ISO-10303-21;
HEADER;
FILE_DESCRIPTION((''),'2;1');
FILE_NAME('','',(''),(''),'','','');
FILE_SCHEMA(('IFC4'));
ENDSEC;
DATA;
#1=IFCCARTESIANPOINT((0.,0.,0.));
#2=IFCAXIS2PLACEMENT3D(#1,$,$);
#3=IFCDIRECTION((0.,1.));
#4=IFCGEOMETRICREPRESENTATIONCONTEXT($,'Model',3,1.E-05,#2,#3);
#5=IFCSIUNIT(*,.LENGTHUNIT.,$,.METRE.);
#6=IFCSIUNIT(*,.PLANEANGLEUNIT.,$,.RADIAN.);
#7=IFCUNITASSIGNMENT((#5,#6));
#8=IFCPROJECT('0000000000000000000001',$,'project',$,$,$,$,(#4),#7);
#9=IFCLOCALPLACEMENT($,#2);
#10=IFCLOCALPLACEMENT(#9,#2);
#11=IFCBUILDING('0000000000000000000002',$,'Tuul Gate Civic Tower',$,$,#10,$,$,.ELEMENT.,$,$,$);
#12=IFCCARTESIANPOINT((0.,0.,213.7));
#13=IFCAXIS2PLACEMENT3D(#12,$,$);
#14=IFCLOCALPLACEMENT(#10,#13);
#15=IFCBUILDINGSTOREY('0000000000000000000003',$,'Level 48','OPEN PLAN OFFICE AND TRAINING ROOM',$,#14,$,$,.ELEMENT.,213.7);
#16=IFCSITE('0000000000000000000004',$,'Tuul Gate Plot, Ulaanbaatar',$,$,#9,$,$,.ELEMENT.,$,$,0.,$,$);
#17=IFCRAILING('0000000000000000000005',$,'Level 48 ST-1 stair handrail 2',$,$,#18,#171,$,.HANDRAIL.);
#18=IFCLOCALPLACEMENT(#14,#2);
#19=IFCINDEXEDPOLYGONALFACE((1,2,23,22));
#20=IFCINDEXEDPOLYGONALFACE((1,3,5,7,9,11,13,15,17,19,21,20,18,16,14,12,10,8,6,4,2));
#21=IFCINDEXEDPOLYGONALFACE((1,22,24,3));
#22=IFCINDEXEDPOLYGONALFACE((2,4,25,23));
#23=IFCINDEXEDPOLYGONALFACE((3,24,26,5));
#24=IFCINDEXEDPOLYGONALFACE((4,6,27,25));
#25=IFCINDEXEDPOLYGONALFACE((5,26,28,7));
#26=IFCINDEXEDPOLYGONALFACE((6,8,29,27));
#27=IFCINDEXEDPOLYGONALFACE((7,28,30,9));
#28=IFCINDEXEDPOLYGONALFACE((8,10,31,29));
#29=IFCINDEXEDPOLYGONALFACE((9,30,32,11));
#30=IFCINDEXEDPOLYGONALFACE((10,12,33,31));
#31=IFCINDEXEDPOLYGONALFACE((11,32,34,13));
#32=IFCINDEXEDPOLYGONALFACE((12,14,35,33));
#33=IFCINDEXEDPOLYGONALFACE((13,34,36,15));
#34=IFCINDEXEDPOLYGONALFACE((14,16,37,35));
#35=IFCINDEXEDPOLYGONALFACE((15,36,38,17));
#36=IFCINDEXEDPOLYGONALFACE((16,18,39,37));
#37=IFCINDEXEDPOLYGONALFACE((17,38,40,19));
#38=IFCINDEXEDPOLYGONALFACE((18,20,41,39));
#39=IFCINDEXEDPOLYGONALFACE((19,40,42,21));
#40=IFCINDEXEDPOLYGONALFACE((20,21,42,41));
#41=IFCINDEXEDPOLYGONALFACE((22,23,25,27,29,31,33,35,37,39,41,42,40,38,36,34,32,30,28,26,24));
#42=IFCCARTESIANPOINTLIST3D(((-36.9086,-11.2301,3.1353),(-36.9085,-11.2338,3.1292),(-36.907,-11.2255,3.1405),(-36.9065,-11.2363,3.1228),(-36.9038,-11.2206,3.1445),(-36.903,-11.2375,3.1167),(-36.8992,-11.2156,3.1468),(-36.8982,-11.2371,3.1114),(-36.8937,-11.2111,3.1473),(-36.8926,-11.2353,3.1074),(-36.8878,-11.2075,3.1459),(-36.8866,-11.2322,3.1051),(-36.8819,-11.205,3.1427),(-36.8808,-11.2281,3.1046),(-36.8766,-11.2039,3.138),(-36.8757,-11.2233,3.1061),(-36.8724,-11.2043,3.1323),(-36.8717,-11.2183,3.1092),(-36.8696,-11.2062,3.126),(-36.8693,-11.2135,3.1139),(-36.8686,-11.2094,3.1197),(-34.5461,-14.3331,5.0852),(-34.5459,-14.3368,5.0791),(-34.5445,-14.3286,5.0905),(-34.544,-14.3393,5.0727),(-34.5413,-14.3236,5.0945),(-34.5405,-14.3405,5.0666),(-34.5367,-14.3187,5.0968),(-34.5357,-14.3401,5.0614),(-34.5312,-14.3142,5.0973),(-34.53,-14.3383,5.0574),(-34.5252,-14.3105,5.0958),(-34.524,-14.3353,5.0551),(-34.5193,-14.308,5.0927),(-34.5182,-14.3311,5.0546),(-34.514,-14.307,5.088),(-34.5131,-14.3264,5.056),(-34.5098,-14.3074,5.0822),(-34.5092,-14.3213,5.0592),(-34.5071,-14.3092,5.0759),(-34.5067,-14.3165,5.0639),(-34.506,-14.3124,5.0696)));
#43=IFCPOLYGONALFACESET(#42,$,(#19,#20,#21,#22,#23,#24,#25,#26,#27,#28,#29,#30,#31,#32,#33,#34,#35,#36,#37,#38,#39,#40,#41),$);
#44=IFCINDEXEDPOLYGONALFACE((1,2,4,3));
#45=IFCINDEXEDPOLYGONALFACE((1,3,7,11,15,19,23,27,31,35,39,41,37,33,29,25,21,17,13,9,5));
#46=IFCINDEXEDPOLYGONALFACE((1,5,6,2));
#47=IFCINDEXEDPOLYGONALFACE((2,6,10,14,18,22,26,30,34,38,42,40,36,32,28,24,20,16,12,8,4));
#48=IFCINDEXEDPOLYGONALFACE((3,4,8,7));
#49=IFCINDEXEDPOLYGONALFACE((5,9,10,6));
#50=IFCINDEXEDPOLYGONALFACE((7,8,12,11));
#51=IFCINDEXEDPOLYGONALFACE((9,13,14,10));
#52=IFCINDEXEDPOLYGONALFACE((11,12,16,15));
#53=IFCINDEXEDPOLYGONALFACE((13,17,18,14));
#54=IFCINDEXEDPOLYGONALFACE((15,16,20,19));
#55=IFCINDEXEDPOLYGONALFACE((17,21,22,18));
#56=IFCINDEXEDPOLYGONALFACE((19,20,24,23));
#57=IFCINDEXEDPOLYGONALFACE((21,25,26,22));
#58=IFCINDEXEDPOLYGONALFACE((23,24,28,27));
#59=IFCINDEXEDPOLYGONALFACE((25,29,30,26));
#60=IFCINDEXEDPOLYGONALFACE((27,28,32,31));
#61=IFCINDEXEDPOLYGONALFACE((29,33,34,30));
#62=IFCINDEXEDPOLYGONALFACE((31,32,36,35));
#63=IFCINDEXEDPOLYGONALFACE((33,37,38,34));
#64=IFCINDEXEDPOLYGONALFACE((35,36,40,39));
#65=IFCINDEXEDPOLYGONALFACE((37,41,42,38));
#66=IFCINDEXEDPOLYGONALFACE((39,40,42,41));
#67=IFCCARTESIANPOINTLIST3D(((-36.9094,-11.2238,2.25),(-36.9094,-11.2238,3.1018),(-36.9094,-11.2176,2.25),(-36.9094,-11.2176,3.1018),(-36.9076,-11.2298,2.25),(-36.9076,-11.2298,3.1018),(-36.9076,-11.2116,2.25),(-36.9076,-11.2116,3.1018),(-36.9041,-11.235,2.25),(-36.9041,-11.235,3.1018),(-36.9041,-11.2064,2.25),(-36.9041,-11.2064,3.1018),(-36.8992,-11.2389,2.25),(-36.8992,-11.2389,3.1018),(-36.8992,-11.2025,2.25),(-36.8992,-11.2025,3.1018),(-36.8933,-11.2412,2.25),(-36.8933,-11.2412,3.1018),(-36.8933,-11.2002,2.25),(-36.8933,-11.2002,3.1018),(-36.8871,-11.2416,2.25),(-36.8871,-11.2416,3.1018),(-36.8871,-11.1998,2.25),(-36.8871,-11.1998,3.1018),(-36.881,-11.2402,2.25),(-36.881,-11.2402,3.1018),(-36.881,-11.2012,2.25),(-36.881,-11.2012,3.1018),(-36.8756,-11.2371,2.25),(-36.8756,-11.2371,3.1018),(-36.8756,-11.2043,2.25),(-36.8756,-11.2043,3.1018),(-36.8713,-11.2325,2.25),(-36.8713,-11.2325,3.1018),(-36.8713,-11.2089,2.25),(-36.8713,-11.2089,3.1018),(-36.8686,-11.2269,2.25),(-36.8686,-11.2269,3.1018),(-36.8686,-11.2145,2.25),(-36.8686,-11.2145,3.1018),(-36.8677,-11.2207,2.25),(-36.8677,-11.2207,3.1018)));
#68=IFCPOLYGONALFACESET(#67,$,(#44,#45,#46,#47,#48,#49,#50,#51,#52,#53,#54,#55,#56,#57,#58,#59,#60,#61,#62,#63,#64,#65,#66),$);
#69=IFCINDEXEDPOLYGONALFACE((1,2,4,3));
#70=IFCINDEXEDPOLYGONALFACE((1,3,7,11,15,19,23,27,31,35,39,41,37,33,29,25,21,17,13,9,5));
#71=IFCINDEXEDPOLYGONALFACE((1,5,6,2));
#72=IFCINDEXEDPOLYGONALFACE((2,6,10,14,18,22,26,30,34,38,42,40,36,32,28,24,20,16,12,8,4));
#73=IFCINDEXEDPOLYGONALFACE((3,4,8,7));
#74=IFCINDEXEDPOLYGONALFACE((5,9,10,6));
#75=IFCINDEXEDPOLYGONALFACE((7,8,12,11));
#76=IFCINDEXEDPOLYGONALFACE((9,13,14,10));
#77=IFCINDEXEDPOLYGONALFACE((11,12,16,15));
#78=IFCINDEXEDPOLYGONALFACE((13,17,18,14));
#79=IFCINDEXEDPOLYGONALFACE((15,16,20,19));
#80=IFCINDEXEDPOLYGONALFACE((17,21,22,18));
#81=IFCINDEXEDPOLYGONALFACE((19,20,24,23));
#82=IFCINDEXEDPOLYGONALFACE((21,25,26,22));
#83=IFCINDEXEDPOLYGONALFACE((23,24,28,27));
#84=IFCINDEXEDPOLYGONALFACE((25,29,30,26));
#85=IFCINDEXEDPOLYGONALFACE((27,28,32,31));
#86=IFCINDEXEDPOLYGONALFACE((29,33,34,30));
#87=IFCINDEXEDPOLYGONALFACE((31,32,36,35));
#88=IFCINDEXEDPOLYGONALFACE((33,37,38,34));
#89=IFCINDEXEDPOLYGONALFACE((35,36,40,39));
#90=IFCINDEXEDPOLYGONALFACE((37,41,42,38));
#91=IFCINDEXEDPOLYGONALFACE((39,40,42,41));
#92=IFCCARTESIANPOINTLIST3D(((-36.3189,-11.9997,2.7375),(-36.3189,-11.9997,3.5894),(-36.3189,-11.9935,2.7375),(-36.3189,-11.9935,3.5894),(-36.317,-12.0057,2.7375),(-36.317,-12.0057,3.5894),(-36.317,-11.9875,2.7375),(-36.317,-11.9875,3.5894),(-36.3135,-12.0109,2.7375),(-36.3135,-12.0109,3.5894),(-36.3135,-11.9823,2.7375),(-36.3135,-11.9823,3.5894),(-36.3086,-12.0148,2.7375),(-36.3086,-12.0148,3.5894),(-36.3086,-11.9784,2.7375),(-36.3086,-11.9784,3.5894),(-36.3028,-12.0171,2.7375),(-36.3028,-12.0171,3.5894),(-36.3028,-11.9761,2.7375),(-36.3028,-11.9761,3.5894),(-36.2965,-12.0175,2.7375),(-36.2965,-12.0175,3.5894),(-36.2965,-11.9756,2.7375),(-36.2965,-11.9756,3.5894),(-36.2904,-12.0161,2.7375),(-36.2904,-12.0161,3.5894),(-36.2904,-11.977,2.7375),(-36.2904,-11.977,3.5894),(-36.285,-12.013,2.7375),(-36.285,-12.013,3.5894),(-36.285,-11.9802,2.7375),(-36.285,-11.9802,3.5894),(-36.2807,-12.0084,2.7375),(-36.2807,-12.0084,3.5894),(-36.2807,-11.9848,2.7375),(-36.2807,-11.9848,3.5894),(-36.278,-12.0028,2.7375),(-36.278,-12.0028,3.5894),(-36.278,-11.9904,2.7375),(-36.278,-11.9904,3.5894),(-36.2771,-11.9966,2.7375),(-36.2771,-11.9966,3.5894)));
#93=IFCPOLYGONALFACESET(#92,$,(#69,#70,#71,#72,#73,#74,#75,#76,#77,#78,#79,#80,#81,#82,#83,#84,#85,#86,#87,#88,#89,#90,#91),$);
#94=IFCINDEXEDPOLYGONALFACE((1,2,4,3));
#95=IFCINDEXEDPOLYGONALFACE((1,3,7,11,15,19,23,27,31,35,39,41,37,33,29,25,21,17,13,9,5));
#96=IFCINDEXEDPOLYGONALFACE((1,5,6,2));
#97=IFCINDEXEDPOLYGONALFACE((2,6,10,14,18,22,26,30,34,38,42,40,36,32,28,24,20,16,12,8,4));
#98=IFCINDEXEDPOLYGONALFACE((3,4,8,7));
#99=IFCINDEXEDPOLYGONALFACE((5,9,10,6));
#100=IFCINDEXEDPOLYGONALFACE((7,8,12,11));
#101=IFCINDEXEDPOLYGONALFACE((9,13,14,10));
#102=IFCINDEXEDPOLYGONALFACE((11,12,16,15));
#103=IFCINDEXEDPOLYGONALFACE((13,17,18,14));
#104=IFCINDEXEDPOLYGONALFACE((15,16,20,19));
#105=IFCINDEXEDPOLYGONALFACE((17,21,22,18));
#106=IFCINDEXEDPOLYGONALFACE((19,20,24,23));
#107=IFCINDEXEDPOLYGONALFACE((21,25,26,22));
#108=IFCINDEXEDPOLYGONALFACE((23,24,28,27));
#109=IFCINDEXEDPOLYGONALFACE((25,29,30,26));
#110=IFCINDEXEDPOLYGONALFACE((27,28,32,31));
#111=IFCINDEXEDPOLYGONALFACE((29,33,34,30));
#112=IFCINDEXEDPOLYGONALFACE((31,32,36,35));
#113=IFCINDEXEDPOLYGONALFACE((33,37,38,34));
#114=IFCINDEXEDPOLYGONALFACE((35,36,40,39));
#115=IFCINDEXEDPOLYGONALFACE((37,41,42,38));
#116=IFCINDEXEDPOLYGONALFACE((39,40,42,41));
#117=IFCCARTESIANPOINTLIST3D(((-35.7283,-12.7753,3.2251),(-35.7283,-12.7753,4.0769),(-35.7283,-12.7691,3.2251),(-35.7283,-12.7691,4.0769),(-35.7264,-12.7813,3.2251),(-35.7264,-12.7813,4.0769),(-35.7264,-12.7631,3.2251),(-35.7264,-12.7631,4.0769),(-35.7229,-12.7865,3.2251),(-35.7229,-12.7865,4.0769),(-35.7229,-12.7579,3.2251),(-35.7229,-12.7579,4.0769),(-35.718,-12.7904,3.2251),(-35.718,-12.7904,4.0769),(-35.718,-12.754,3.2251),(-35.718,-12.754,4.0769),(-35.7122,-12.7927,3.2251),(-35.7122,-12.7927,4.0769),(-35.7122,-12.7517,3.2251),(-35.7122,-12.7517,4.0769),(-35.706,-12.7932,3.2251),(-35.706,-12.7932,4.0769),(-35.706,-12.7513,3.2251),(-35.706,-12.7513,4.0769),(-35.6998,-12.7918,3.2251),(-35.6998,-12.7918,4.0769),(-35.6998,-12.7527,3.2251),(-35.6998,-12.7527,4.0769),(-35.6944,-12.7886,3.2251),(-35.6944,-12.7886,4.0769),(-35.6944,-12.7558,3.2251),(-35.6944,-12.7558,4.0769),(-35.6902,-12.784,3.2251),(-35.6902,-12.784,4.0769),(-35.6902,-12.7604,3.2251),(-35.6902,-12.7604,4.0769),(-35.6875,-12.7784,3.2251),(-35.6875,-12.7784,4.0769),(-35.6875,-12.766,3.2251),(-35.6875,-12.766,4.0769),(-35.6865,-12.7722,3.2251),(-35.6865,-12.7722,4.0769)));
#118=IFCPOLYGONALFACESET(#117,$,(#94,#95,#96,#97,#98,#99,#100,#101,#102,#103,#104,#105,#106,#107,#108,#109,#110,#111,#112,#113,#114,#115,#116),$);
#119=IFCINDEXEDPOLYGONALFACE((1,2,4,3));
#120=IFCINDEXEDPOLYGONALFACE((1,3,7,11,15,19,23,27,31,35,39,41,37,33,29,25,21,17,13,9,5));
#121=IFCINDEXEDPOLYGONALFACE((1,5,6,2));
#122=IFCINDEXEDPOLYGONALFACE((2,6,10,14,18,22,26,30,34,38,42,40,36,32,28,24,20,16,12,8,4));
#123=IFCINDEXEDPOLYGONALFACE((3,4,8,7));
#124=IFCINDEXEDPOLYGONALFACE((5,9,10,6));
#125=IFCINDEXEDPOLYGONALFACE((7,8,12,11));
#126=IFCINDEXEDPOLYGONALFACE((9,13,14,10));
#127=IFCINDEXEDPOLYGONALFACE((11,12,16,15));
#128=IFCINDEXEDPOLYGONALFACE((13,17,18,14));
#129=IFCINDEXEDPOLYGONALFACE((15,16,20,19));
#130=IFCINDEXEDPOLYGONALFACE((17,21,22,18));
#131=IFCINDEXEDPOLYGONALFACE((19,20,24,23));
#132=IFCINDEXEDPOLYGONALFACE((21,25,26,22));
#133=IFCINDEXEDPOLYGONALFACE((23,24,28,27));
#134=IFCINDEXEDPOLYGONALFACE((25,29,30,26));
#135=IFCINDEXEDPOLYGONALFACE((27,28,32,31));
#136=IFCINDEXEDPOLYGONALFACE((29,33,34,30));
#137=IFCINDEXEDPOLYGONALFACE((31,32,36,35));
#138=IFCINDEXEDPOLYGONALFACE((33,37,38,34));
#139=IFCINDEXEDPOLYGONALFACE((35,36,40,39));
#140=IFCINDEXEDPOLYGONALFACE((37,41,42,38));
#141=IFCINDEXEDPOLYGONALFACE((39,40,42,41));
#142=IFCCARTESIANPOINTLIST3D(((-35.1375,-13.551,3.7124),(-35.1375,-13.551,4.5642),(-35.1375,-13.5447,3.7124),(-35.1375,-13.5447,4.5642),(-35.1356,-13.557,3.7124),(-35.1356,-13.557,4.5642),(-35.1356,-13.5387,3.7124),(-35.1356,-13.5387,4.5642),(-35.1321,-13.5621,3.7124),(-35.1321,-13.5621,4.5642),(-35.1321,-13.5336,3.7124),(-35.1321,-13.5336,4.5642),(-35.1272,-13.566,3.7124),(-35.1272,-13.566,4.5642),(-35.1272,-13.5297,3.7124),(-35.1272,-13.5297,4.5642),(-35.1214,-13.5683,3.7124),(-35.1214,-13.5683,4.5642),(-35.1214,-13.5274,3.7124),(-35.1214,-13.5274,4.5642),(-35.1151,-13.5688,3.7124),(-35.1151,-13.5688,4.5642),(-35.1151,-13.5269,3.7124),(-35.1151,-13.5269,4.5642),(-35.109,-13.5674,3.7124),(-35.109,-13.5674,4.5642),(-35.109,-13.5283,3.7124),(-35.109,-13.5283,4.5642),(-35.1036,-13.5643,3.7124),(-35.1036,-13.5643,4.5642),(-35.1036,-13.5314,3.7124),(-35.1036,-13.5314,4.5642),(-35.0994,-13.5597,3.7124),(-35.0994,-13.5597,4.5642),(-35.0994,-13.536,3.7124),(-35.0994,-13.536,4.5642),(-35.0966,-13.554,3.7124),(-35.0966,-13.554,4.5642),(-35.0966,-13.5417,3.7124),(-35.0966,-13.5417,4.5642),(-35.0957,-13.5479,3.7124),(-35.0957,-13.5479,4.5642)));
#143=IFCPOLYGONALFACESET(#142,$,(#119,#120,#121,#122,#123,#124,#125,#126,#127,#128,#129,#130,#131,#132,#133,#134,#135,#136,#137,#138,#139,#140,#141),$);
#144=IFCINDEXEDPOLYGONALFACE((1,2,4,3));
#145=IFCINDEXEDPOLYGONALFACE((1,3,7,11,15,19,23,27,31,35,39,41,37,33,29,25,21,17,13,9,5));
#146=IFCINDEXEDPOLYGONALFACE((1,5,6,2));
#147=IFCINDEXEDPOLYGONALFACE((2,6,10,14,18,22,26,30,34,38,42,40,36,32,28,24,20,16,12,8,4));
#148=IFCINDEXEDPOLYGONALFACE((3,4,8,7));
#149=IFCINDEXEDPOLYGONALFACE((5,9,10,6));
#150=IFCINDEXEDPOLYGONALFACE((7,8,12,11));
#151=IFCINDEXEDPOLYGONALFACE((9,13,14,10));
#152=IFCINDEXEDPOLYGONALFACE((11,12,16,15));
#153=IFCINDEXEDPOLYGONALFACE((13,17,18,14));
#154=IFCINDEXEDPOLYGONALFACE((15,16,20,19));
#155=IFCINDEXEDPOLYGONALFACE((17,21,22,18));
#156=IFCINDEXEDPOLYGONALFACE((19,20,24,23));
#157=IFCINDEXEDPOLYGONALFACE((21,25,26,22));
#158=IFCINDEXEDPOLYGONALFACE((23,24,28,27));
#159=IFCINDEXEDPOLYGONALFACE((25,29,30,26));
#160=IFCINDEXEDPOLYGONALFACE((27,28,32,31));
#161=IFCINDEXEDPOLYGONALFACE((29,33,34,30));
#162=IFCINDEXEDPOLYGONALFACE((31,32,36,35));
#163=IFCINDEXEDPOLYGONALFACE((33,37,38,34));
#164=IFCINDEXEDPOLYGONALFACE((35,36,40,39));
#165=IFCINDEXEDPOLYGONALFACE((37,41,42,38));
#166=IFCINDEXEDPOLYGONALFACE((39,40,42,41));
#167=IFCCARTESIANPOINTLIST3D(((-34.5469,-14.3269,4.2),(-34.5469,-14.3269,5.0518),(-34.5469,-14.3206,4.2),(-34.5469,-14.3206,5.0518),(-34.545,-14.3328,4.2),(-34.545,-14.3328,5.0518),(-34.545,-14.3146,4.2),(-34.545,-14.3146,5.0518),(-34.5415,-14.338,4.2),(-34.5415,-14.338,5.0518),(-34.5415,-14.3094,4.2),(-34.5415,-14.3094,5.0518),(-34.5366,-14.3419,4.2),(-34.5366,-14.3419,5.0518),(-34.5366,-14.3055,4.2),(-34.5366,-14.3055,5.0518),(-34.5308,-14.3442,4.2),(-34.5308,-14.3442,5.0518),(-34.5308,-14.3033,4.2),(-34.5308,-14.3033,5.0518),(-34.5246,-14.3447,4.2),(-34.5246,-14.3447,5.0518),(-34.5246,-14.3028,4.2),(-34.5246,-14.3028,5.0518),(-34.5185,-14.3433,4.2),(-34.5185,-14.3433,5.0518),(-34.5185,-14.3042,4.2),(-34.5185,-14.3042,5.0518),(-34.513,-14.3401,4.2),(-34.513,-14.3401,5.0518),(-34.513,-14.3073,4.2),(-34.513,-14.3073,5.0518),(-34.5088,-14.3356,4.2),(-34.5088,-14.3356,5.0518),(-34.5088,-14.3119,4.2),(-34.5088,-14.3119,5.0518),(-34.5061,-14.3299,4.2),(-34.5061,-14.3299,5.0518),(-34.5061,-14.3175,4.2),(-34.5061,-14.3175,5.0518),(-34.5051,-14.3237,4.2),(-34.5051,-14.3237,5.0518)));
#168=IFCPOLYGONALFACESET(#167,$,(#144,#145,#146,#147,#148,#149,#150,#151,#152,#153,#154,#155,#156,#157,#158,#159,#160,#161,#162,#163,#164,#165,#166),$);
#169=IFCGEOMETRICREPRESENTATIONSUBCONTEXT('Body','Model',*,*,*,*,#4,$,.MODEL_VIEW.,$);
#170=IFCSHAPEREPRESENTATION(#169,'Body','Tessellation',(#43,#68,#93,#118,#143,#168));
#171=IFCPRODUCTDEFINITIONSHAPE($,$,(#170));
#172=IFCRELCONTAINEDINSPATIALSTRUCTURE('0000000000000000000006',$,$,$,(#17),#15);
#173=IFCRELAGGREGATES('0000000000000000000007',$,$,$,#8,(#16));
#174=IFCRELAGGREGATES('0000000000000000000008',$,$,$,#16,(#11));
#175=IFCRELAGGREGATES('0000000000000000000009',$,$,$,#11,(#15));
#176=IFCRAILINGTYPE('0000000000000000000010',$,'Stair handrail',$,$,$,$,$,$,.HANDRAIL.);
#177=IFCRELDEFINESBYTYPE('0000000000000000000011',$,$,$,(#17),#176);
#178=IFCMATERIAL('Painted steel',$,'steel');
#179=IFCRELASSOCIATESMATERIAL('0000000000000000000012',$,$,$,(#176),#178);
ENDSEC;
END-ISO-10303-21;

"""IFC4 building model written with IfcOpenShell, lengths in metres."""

from ifc_helpers import new_model, si_unit, direction, frame, origin, origin_2d, place, context, subcontext, project, spatial, circle, extrude, material, type_object, element, save


model = new_model("IFC4")

# Units and contexts
model_context = context("Model", 3, precision=1e-05, world=origin(), true_north=direction((0.0, 1.0)))
body_context = subcontext(model_context, "Body", "Model", "MODEL_VIEW")
ifc_project = project(units=[si_unit("LENGTHUNIT", "METRE"), si_unit("PLANEANGLEUNIT", "RADIAN")], contexts=[model_context])

# Site, building, storey
site_placement = place(None, origin())
site = spatial("IfcSite", under=ifc_project, at=site_placement, Name="Tuul Gate Plot, Ulaanbaatar", CompositionType="ELEMENT", RefElevation=0.0)
building_placement = place(site_placement, origin())
building = spatial("IfcBuilding", under=site, at=building_placement, Name="Tuul Gate Civic Tower", CompositionType="ELEMENT")
storey_placement = place(building_placement, frame((0.0, 0.0, 213.7)))
storey = spatial("IfcBuildingStorey", under=building, at=storey_placement, Name="Level 48", Description="OPEN PLAN OFFICE AND TRAINING ROOM", CompositionType="ELEMENT", Elevation=213.7)

# Railing
ifc_material_1 = material(Name="Painted steel", Category="steel")
railing_type_1 = type_object("IfcRailingType", Name="Stair handrail", PredefinedType="HANDRAIL", material=ifc_material_1)
railing_1_placement = place(storey_placement, frame((-36.8887, -11.2207, 2.25)))
element("IfcRailing", 1, at=railing_1_placement, inside=storey, type_object=railing_type_1, Name="Level 48 ST-1 stair handrail 2", PredefinedType="HANDRAIL", context=body_context, shape_type="SweptSolid", body=[
    extrude(circle(Radius=0.0239, at=origin_2d()), frame((0.0, 0.0, 0.876), z_axis=(0.541824, -0.711645, 0.4472), x_axis=(0.795637, 0.605773, 0.0)), (0.0, 0.0, 1.0), 4.3604),
    extrude(circle(Radius=0.021, at=origin_2d()), origin(), (0.0, 0.0, 1.0), 0.8518),
    extrude(circle(Radius=0.021, at=origin_2d()), frame((0.5906, -0.7759, 0.4875)), (0.0, 0.0, 1.0), 0.8518),
    extrude(circle(Radius=0.021, at=origin_2d()), frame((1.1812, -1.5515, 0.9751)), (0.0, 0.0, 1.0), 0.8518),
    extrude(circle(Radius=0.021, at=origin_2d()), frame((1.772, -2.3271, 1.4624)), (0.0, 0.0, 1.0), 0.8518),
    extrude(circle(Radius=0.021, at=origin_2d()), frame((2.3625, -3.103, 1.95)), (0.0, 0.0, 1.0), 0.8518),
])

save(model, "model.ifc")
